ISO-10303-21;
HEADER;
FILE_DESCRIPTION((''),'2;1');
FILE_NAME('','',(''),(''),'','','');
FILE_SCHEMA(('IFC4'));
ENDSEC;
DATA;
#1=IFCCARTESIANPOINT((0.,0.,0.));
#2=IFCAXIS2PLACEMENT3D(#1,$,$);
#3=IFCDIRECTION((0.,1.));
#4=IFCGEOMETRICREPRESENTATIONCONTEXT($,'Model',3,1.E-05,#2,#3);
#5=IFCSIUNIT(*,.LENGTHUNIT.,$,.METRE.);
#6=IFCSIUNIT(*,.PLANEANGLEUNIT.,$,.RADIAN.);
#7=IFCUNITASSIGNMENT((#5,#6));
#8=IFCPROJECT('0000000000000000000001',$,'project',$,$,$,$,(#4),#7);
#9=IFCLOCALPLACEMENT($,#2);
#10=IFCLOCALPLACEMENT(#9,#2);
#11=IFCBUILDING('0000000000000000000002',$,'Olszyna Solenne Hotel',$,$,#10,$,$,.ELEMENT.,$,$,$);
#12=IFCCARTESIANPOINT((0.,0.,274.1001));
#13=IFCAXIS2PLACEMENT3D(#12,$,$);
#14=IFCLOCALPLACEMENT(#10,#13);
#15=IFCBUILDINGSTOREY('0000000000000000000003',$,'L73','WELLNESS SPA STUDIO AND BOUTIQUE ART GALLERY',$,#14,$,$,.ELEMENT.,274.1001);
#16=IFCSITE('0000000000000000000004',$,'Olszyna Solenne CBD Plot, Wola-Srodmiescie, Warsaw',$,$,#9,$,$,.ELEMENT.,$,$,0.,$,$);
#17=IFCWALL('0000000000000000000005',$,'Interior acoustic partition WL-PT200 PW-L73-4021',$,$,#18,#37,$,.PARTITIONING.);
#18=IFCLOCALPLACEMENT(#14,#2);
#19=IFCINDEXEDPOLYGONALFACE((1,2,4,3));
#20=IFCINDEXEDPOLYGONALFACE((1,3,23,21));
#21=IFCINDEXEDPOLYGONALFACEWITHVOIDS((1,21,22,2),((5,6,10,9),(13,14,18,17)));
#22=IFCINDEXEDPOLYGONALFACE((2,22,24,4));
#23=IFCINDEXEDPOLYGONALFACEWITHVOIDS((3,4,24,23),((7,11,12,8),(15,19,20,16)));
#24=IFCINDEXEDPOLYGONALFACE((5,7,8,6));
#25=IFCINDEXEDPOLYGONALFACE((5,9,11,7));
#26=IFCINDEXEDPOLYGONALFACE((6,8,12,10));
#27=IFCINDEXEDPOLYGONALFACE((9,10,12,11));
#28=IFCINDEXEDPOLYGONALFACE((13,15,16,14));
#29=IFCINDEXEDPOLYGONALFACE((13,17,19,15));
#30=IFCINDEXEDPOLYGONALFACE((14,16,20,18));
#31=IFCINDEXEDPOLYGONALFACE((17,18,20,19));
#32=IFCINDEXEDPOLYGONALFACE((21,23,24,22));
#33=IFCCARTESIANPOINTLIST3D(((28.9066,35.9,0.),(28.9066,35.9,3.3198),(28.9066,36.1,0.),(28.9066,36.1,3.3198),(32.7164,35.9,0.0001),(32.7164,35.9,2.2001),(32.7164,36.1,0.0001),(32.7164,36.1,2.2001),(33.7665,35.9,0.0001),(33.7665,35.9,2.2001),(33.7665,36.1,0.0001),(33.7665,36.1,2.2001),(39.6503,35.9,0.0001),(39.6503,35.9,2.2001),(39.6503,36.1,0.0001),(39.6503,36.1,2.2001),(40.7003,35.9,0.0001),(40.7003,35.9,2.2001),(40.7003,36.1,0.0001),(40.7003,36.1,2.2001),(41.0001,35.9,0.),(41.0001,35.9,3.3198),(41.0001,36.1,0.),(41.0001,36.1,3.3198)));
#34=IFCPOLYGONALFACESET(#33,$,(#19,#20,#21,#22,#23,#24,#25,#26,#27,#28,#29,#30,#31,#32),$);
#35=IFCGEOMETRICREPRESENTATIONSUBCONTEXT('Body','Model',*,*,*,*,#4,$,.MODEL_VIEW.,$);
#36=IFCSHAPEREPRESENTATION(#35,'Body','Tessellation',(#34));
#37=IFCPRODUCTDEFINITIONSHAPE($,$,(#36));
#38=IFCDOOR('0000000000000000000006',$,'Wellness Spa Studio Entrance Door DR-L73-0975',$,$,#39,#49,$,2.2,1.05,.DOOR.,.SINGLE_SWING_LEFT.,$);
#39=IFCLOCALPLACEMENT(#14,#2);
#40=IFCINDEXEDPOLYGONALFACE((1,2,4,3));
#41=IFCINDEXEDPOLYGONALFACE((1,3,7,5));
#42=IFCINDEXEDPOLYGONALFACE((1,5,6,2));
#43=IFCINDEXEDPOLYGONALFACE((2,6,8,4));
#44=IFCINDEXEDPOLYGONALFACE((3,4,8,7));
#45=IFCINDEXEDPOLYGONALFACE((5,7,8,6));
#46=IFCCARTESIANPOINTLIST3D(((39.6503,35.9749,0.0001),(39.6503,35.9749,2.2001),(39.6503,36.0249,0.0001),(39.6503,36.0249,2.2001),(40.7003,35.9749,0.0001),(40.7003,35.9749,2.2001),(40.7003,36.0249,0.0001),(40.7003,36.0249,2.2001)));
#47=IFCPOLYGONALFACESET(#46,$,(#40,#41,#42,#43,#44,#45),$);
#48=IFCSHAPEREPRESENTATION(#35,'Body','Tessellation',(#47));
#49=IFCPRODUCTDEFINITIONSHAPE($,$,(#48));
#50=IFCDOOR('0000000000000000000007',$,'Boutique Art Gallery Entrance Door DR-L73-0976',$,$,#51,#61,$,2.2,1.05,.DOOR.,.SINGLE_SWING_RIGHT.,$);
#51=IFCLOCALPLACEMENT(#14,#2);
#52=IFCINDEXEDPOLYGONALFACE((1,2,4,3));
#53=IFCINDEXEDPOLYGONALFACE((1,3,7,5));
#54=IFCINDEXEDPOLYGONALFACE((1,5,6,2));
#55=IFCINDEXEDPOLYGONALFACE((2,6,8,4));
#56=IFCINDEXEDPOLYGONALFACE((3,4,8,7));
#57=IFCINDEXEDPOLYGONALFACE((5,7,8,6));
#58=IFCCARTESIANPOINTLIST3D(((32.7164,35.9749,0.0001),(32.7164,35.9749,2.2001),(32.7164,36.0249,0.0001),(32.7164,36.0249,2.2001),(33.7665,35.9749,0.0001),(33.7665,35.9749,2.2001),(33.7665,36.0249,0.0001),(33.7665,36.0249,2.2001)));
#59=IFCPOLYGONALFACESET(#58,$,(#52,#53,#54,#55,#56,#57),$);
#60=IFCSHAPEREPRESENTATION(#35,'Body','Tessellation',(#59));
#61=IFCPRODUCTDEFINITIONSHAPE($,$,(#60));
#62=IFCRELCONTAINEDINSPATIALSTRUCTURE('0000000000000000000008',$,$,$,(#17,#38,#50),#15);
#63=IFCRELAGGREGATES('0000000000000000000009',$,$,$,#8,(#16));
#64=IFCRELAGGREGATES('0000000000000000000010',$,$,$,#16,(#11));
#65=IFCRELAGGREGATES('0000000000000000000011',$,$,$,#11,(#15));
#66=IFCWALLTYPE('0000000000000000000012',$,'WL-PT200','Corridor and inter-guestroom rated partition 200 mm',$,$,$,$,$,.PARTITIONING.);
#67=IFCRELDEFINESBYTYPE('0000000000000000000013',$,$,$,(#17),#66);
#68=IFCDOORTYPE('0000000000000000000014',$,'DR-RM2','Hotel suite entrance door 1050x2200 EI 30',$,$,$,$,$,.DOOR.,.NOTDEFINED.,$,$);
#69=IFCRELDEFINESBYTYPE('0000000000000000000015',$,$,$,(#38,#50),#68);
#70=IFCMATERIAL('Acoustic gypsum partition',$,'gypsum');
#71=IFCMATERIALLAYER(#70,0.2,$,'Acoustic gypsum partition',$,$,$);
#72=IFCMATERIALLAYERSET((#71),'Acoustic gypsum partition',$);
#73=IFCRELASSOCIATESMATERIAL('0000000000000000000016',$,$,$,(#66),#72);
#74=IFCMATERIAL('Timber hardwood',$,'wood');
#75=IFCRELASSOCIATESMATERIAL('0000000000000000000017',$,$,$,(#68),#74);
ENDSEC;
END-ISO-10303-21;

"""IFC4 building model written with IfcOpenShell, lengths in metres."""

from ifc_helpers import new_model, si_unit, direction, frame, frame_2d, origin, place, context, subcontext, project, spatial, rectangle, extrude, source, transform, mapped, material, layer, layer_set, type_object, type_shapes, element, fill, save


model = new_model("IFC4")

# Units and contexts
model_context = context("Model", 3, precision=1e-05, world=origin(), true_north=direction((0.0, 1.0)))
body_context = subcontext(model_context, "Body", "Model", "MODEL_VIEW")
ifc_project = project(units=[si_unit("LENGTHUNIT", "METRE"), si_unit("PLANEANGLEUNIT", "RADIAN")], contexts=[model_context])

# Site, building, storey
site_placement = place(None, origin())
site = spatial("IfcSite", under=ifc_project, at=site_placement, Name="Olszyna Solenne CBD Plot, Wola-Srodmiescie, Warsaw", CompositionType="ELEMENT", RefElevation=0.0)
building_placement = place(site_placement, origin())
building = spatial("IfcBuilding", under=site, at=building_placement, Name="Olszyna Solenne Hotel", CompositionType="ELEMENT")
storey_placement = place(building_placement, frame((0.0, 0.0, 274.1001)))
storey = spatial("IfcBuildingStorey", under=building, at=storey_placement, Name="L73", Description="WELLNESS SPA STUDIO AND BOUTIQUE ART GALLERY", CompositionType="ELEMENT", Elevation=274.1001)

# Shared definitions
ifc_material_1 = material(Name="Acoustic gypsum partition", Category="gypsum")

# Shared definitions
ifc_layer_1 = layer(ifc_material_1, 0.2, Name="Acoustic gypsum partition")
ifc_layer_set_1 = layer_set([ifc_layer_1], Name="Acoustic gypsum partition")
wall_type_1 = type_object("IfcWallType", Name="WL-PT200", Description="Corridor and inter-guestroom rated partition 200 mm", PredefinedType="PARTITIONING", material=ifc_layer_set_1)

# Wall, openings, doors
wall_1_placement = place(storey_placement, frame((28.9065, 36.0, 0.0), z_axis=(0.0, 0.0, 1.0), x_axis=(1.0, 0.0, 0.0)))
wall_1 = element("IfcWall", 1, at=wall_1_placement, inside=storey, type_object=wall_type_1, Name="Interior acoustic partition WL-PT200 PW-L73-4021", PredefinedType="PARTITIONING", context=body_context, shape_type="SweptSolid", body=[
    extrude(rectangle(XDim=12.0935, YDim=0.2, at=frame_2d((6.0469, 0.0))), origin(), (0.0, 0.0, 1.0), 3.3198),
])
opening_1_placement = place(wall_1_placement, frame((10.7439, 0.0, 0.0)))
opening_1 = element("IfcOpeningElement", 2, at=opening_1_placement, cuts=wall_1, PredefinedType="OPENING", context=body_context, shape_type="SweptSolid", body=[
    extrude(rectangle(XDim=1.05, YDim=2.2, at=frame_2d((0.5249, 1.1001))), frame((0.0, 0.1099, 0.0), z_axis=(0.0, -1.0, 0.0), x_axis=(1.0, 0.0, 0.0)), (0.0, 0.0, 1.0), 0.22),
])
opening_2_placement = place(wall_1_placement, frame((3.8101, 0.0, 0.0)))
opening_2 = element("IfcOpeningElement", 3, at=opening_2_placement, cuts=wall_1, PredefinedType="OPENING", context=body_context, shape_type="SweptSolid", body=[
    extrude(rectangle(XDim=1.05, YDim=2.2, at=frame_2d((0.5249, 1.1001))), frame((0.0, 0.1099, 0.0), z_axis=(0.0, -1.0, 0.0), x_axis=(1.0, 0.0, 0.0)), (0.0, 0.0, 1.0), 0.22),
])
ifc_material_2 = material(Name="Timber hardwood", Category="wood")
door_type_1 = type_object("IfcDoorType", Name="DR-RM2", Description="Hotel suite entrance door 1050x2200 EI 30", OperationType="NOTDEFINED", PredefinedType="DOOR", material=ifc_material_2)
shared_shape_1 = source(origin(), body_context, "Body", "SweptSolid", [
    extrude(rectangle(XDim=1.05, YDim=2.2, at=frame_2d((0.5249, 1.1001))), frame((0.0, 0.0249, 0.0), z_axis=(0.0, -1.0, 0.0), x_axis=(1.0, 0.0, 0.0)), (0.0, 0.0, 1.0), 0.05),
])
type_shapes(door_type_1, [shared_shape_1])
door_1_placement = place(opening_1_placement, origin())
door_1 = element("IfcDoor", 4, at=door_1_placement, inside=storey, type_object=door_type_1, Name="Wellness Spa Studio Entrance Door DR-L73-0975", OperationType="SINGLE_SWING_LEFT", OverallHeight=2.2, OverallWidth=1.05, PredefinedType="DOOR", context=body_context, shape_type="MappedRepresentation", body=[
    mapped(shared_shape_1, transform((0.0, 0.0, 0.0), x_axis=(1.0, 0.0, 0.0), y_axis=(0.0, 1.0, 0.0), z_axis=(0.0, 0.0, 1.0), scale=1.0)),
])
fill(opening_1, door_1)
door_2_placement = place(opening_2_placement, origin())
door_2 = element("IfcDoor", 5, at=door_2_placement, inside=storey, type_object=door_type_1, Name="Boutique Art Gallery Entrance Door DR-L73-0976", OperationType="SINGLE_SWING_RIGHT", OverallHeight=2.2, OverallWidth=1.05, PredefinedType="DOOR", context=body_context, shape_type="MappedRepresentation", body=[
    mapped(shared_shape_1, transform((0.0, 0.0, 0.0), x_axis=(1.0, 0.0, 0.0), y_axis=(0.0, 1.0, 0.0), z_axis=(0.0, 0.0, 1.0), scale=1.0)),
])
fill(opening_2, door_2)

save(model, "model.ifc")
